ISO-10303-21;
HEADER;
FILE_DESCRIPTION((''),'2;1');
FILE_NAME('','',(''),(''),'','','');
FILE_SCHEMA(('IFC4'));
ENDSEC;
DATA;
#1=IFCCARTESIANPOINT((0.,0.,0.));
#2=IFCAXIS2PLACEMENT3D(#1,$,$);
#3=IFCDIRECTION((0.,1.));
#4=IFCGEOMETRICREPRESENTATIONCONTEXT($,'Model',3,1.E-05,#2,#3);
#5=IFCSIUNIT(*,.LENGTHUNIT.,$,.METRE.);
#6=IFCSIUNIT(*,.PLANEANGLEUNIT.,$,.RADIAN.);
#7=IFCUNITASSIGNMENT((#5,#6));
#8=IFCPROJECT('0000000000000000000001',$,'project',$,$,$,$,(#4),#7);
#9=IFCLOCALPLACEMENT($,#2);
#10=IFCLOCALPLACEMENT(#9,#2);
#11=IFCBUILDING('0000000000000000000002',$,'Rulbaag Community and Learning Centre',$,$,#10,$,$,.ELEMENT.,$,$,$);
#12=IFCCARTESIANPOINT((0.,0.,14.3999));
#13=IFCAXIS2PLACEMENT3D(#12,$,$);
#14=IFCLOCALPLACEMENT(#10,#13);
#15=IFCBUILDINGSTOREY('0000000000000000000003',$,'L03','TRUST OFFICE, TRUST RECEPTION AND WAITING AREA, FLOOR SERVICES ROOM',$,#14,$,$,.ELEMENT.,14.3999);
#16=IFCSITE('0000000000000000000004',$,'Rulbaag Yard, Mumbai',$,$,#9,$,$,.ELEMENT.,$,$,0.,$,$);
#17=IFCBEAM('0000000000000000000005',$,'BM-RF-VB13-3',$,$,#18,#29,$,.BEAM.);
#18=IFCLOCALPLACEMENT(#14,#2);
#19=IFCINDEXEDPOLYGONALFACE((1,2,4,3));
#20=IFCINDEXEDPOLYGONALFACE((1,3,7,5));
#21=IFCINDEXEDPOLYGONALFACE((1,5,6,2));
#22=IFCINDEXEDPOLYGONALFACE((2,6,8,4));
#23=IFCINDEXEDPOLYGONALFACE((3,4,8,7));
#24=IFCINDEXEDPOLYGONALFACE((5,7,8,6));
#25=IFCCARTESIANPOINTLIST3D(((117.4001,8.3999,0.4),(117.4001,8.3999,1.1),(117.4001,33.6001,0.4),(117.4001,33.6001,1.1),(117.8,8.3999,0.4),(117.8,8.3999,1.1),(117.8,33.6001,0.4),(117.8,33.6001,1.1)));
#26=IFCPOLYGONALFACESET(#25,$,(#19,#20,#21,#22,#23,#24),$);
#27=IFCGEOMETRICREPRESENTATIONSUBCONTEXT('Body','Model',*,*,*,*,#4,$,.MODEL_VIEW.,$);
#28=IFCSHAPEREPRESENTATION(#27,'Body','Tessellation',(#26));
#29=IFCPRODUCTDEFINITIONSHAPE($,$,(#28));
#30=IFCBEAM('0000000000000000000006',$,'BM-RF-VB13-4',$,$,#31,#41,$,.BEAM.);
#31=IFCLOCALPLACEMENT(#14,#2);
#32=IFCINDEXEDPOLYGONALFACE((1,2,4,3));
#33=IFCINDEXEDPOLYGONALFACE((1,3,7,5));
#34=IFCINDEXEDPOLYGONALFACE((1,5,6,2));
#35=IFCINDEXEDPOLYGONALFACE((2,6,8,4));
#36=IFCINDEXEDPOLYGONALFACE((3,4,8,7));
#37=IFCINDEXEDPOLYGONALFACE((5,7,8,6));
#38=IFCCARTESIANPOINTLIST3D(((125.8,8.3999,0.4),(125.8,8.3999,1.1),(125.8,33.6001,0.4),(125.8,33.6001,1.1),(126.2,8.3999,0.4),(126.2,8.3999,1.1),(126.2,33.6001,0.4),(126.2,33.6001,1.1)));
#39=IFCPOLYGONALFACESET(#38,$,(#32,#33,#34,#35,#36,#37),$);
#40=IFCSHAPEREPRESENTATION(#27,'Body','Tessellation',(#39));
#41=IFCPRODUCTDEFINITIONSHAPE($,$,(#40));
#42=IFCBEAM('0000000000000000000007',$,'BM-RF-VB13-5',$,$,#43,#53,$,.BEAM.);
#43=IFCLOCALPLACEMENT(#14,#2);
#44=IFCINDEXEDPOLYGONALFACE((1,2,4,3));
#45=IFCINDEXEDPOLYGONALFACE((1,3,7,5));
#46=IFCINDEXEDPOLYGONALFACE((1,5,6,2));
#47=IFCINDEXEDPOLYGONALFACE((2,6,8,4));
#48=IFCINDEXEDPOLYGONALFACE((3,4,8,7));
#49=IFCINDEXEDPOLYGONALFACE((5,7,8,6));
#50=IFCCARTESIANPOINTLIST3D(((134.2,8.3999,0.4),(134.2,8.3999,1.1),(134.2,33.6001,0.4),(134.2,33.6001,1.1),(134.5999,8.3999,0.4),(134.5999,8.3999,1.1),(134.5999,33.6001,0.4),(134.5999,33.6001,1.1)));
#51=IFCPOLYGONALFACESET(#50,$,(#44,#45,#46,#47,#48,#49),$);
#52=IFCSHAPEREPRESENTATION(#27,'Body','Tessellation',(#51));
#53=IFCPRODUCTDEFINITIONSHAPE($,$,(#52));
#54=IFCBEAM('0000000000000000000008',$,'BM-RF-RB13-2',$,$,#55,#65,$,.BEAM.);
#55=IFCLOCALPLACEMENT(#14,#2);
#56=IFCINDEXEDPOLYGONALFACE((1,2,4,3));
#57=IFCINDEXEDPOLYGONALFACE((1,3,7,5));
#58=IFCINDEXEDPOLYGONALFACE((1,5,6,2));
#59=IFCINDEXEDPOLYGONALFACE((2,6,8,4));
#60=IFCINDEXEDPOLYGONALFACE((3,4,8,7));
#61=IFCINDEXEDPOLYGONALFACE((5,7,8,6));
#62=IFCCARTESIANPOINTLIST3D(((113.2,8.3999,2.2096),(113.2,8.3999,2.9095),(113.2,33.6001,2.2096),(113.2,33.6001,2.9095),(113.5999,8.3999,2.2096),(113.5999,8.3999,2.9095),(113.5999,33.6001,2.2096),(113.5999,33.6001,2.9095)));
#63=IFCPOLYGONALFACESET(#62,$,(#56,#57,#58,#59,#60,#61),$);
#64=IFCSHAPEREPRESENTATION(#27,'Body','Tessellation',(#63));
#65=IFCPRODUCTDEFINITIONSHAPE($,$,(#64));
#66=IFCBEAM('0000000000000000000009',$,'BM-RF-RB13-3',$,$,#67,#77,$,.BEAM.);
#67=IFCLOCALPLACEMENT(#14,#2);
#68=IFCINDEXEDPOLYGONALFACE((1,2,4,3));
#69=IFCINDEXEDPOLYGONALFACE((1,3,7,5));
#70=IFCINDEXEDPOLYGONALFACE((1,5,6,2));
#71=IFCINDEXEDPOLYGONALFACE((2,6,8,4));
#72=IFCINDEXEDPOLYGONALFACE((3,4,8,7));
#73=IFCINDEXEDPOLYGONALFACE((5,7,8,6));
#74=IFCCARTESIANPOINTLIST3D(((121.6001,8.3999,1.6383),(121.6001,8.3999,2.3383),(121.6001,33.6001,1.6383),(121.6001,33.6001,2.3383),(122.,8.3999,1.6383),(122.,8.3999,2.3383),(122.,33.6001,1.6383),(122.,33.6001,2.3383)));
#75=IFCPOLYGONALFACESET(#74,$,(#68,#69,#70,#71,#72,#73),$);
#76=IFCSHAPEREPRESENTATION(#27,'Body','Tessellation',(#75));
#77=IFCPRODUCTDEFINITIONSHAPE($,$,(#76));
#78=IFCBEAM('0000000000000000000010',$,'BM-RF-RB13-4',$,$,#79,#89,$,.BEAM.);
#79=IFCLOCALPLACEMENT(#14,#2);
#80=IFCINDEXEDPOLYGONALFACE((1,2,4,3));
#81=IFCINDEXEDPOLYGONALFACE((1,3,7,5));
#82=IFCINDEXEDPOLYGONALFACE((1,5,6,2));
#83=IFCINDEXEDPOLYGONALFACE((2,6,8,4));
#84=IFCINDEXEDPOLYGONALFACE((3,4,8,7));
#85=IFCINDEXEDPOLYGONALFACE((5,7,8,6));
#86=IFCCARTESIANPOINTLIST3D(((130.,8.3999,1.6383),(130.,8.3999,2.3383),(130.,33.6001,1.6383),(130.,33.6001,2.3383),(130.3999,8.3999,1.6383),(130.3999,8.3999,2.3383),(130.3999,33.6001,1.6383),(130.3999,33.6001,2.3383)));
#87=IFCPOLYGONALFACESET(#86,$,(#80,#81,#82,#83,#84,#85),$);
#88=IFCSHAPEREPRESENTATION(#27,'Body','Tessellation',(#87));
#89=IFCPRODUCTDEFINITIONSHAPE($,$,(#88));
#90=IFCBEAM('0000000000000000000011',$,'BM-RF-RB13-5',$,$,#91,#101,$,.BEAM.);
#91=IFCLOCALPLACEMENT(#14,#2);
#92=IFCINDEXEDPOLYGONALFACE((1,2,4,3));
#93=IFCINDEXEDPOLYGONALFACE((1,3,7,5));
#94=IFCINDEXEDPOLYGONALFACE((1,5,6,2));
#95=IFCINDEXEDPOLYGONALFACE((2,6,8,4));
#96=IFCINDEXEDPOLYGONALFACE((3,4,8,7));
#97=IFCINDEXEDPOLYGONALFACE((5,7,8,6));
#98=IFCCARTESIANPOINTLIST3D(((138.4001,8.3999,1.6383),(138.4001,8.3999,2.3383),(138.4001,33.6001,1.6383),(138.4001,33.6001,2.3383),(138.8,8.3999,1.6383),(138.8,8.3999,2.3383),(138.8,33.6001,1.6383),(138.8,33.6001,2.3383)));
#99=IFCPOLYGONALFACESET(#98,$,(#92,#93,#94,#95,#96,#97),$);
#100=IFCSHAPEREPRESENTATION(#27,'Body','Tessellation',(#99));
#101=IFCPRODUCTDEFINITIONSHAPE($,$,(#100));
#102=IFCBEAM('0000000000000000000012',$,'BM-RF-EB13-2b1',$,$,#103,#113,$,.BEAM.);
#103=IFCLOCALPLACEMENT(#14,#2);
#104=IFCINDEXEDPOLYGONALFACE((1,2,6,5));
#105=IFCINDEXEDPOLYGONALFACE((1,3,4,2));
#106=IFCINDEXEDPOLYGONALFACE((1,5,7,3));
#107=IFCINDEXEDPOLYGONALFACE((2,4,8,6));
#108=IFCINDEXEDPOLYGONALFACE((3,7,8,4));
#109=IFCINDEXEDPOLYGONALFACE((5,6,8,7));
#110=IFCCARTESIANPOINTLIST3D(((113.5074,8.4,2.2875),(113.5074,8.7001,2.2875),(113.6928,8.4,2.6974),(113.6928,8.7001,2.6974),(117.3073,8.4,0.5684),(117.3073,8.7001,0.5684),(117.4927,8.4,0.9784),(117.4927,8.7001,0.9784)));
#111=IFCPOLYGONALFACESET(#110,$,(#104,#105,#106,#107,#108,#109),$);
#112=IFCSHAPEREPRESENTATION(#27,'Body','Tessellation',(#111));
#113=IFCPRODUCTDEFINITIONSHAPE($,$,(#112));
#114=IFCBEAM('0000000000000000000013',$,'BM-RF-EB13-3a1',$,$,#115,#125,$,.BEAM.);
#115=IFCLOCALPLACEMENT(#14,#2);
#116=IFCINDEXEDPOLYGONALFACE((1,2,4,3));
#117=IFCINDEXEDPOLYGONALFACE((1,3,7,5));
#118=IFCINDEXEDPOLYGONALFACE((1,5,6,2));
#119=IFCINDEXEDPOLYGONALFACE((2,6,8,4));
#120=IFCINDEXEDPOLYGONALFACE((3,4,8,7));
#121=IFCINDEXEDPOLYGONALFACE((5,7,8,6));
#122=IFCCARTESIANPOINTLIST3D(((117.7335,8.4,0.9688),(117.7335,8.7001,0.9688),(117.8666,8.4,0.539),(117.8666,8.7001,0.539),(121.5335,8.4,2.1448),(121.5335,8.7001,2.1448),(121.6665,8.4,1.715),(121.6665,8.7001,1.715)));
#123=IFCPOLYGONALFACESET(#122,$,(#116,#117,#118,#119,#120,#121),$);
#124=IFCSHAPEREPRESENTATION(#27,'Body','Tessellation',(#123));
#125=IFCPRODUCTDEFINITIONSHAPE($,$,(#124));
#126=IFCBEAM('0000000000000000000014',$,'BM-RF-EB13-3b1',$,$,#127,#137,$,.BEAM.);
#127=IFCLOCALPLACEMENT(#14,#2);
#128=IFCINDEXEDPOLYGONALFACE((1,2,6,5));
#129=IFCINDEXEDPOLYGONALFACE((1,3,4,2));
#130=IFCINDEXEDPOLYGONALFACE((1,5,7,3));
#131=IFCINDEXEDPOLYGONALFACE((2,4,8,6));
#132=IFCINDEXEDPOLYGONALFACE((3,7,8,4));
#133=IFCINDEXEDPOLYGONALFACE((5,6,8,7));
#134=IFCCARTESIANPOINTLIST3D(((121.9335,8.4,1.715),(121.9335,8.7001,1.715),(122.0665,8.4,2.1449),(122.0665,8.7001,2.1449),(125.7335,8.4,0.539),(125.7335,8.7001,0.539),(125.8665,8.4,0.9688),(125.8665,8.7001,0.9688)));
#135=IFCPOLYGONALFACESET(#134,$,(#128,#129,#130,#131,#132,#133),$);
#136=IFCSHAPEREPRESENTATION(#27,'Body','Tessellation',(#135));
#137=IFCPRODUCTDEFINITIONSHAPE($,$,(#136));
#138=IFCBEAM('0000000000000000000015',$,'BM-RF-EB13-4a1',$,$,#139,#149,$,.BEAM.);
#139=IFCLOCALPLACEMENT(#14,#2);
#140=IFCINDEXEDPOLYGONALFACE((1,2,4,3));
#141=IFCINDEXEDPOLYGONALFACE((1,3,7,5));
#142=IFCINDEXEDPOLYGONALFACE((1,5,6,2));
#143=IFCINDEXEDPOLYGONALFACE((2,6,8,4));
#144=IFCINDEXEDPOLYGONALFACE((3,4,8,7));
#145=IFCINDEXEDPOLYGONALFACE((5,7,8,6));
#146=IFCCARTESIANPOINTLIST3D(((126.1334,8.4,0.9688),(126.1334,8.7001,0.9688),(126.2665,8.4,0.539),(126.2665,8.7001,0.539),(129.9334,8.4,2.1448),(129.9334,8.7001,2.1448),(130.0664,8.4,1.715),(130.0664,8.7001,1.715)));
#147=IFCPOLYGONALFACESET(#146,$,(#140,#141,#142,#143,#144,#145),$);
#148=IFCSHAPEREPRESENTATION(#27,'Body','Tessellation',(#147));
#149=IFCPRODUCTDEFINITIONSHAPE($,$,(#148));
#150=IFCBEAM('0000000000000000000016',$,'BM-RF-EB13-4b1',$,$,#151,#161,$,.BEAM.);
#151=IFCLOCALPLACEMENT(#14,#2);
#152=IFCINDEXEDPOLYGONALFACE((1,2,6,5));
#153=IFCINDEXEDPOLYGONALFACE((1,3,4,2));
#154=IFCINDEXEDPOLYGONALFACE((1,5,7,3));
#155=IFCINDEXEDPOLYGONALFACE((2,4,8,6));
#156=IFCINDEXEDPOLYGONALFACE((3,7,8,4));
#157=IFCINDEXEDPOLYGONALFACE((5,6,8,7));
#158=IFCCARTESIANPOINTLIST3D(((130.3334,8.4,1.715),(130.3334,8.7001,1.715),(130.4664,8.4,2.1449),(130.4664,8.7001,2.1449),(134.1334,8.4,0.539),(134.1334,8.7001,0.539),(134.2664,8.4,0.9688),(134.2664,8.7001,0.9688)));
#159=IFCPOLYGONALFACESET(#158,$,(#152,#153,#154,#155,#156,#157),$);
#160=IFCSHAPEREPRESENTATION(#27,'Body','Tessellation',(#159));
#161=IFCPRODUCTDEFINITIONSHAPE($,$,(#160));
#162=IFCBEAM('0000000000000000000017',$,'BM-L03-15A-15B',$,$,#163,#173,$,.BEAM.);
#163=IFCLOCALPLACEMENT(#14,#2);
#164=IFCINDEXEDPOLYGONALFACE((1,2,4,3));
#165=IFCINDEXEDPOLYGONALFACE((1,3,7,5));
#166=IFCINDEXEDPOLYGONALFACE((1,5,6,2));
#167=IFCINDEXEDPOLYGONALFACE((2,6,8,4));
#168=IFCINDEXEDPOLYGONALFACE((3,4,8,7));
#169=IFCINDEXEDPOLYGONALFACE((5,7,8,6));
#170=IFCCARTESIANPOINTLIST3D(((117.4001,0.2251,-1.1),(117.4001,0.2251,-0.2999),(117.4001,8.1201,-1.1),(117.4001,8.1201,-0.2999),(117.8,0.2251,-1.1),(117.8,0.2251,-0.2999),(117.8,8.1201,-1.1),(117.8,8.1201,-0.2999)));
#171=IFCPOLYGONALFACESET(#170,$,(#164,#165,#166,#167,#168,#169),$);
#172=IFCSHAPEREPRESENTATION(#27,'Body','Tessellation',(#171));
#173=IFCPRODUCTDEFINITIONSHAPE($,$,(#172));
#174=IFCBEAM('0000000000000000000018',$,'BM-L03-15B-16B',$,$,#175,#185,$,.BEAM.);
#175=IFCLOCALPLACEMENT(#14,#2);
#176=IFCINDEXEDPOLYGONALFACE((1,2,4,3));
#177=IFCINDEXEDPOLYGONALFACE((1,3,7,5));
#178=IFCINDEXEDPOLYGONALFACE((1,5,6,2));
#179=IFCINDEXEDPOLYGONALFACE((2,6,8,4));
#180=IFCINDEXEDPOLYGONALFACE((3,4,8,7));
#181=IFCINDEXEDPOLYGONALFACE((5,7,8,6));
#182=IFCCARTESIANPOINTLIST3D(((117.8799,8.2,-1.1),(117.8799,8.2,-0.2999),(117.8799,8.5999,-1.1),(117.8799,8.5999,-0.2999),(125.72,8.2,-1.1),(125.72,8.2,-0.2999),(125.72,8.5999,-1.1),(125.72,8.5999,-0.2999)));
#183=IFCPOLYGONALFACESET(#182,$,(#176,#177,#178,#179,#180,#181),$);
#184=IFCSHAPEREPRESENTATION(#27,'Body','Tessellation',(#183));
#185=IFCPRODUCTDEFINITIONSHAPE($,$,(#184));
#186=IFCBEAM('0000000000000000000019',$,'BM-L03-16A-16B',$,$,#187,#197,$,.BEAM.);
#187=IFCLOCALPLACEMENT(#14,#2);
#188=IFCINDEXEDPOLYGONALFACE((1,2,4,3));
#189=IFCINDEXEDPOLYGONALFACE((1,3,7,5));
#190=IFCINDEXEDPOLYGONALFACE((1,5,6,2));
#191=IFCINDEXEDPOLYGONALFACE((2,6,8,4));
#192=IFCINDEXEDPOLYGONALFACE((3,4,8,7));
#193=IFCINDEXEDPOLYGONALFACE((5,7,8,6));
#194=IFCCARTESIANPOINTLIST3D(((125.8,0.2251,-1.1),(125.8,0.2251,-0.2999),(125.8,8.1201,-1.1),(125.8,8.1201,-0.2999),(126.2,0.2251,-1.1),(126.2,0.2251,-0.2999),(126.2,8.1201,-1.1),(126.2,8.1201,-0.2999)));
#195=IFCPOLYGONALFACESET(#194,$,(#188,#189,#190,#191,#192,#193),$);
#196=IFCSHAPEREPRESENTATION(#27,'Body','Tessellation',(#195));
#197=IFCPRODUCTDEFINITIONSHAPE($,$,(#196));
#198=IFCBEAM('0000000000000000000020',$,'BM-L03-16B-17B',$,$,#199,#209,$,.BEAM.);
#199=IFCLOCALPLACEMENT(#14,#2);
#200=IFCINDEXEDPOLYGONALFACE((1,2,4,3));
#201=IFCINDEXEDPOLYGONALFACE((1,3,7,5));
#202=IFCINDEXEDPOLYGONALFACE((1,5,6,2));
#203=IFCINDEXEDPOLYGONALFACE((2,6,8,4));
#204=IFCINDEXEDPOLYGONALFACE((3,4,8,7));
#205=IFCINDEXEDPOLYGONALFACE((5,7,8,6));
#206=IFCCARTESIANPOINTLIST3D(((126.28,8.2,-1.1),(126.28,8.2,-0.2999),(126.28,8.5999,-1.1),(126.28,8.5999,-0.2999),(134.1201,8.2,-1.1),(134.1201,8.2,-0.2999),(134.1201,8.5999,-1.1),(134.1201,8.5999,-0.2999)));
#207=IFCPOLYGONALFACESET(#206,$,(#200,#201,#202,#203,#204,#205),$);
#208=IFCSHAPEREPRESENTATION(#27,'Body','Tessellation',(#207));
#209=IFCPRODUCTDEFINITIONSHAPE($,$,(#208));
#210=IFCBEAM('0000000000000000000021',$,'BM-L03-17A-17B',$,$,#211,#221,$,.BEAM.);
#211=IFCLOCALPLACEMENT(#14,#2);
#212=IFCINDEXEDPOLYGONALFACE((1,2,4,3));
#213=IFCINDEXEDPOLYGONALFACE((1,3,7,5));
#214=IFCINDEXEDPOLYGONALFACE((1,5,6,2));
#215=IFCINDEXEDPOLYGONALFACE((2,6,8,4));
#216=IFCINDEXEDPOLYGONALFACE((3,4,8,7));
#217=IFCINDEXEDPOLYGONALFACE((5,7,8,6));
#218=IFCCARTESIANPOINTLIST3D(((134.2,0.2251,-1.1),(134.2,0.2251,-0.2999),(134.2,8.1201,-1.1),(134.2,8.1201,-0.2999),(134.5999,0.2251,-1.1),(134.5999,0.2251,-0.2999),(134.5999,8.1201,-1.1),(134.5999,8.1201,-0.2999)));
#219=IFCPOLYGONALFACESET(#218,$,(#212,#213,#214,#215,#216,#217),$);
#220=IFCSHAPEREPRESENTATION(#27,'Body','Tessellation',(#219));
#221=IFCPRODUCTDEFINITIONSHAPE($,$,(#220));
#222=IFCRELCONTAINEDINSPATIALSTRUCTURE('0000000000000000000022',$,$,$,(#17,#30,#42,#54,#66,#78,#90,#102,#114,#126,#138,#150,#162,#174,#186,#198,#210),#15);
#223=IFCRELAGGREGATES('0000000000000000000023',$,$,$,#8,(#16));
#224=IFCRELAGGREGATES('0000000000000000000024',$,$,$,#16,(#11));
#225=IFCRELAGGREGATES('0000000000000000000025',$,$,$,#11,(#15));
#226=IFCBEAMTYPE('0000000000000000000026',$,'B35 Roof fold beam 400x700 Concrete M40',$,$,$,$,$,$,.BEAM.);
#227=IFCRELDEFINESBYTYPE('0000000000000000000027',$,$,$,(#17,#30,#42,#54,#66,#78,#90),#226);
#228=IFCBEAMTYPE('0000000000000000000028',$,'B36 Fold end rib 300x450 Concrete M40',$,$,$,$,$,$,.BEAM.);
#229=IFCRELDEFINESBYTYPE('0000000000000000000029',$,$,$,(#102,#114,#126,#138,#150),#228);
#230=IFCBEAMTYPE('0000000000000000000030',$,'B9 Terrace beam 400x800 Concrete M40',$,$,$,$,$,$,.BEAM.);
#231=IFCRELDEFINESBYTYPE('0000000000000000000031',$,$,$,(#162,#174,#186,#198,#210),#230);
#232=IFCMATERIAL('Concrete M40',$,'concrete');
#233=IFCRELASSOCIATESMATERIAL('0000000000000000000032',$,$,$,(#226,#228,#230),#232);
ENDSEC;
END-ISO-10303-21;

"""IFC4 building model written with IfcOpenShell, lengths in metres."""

from ifc_helpers import new_model, si_unit, direction, frame, origin, origin_2d, place, context, subcontext, project, spatial, rectangle, extrude, material, material_profile, profile_set, type_object, element, save


model = new_model("IFC4")

# Units and contexts
model_context = context("Model", 3, precision=1e-05, world=origin(), true_north=direction((0.0, 1.0)))
body_context = subcontext(model_context, "Body", "Model", "MODEL_VIEW")
ifc_project = project(units=[si_unit("LENGTHUNIT", "METRE"), si_unit("PLANEANGLEUNIT", "RADIAN")], contexts=[model_context])

# Site, building, storey
site_placement = place(None, origin())
site = spatial("IfcSite", under=ifc_project, at=site_placement, Name="Rulbaag Yard, Mumbai", CompositionType="ELEMENT", RefElevation=0.0)
building_placement = place(site_placement, origin())
building = spatial("IfcBuilding", under=site, at=building_placement, Name="Rulbaag Community and Learning Centre", CompositionType="ELEMENT")
storey_placement = place(building_placement, frame((0.0, 0.0, 14.3999)))
storey = spatial("IfcBuildingStorey", under=building, at=storey_placement, Name="L03", Description="TRUST OFFICE, TRUST RECEPTION AND WAITING AREA, FLOOR SERVICES ROOM", CompositionType="ELEMENT", Elevation=14.3999)

# Beams
ifc_material = material(Name="Concrete M40", Category="concrete")
ifc_material_profile_1 = material_profile(ifc_material, rectangle(XDim=0.3999, YDim=0.7, at=origin_2d()), Name="RB400x700")
ifc_profile_set_1 = profile_set([ifc_material_profile_1], Name="Concrete M40")
beam_type_1 = type_object("IfcBeamType", Name="B35 Roof fold beam 400x700 Concrete M40", PredefinedType="BEAM", material=ifc_profile_set_1)
for number, where, z_axis, x_axis, name in (
    (1, (117.6001, 8.3999, 0.75), (0.0, 1.0, 0.0), (-1.0, 0.0, 0.0), "BM-RF-VB13-3"),
    (2, (126.0, 8.3999, 0.75), (0.0, 1.0, 0.0), (-1.0, 0.0, 0.0), "BM-RF-VB13-4"),
    (3, (134.3999, 8.3999, 0.75), (0.0, 1.0, 0.0), (-1.0, 0.0, 0.0), "BM-RF-VB13-5"),
    (4, (113.3999, 8.3999, 2.5596), (0.0, 1.0, 0.0), (-1.0, 0.0, 0.0), "BM-RF-RB13-2"),
    (5, (121.8, 8.3999, 1.9883), (0.0, 1.0, 0.0), (-1.0, 0.0, 0.0), "BM-RF-RB13-3"),
    (6, (130.2, 8.3999, 1.9883), (0.0, 1.0, 0.0), (-1.0, 0.0, 0.0), "BM-RF-RB13-4"),
    (7, (138.6001, 8.3999, 1.9883), (0.0, 1.0, 0.0), (-1.0, 0.0, 0.0), "BM-RF-RB13-5"),
):
    element("IfcBeam", number, at=place(storey_placement, frame(where, z_axis=z_axis, x_axis=x_axis)), inside=storey, type_object=beam_type_1, Name=name, PredefinedType="BEAM", context=body_context, shape_type="SweptSolid", body=[
        extrude(rectangle(XDim=0.3999, YDim=0.7, at=origin_2d()), origin(), (0.0, 0.0, 1.0), 25.2002),
    ])
ifc_material_profile_2 = material_profile(ifc_material, rectangle(XDim=0.3, YDim=0.45, at=origin_2d()), Name="RB300x450")
ifc_profile_set_2 = profile_set([ifc_material_profile_2], Name="Concrete M40")
beam_type_2 = type_object("IfcBeamType", Name="B36 Fold end rib 300x450 Concrete M40", PredefinedType="BEAM", material=ifc_profile_set_2)
beam_1_placement = place(storey_placement, frame((113.6001, 8.55, 2.4924), z_axis=(0.911105, 0.0, -0.412175), x_axis=(0.0, 1.0, 0.0)))
element("IfcBeam", 8, at=beam_1_placement, inside=storey, type_object=beam_type_2, Name="BM-RF-EB13-2b1", PredefinedType="BEAM", context=body_context, shape_type="SweptSolid", body=[
    extrude(rectangle(XDim=0.3, YDim=0.45, at=origin_2d()), origin(), (0.0, 0.0, 1.0), 4.1707),
])
for number, where, z_axis, x_axis, name in (
    (9, (117.8, 8.55, 0.7539), (0.955299, 0.0, 0.295642), (0.0, 1.0, 0.0), "BM-RF-EB13-3a1"),
    (10, (122.0, 8.55, 1.9299), (0.955299, 0.0, -0.295642), (0.0, 1.0, 0.0), "BM-RF-EB13-3b1"),
    (11, (126.2, 8.55, 0.7539), (0.955299, 0.0, 0.295642), (0.0, 1.0, 0.0), "BM-RF-EB13-4a1"),
    (12, (130.3999, 8.55, 1.9299), (0.955299, 0.0, -0.295642), (0.0, 1.0, 0.0), "BM-RF-EB13-4b1"),
):
    element("IfcBeam", number, at=place(storey_placement, frame(where, z_axis=z_axis, x_axis=x_axis)), inside=storey, type_object=beam_type_2, Name=name, PredefinedType="BEAM", context=body_context, shape_type="SweptSolid", body=[
        extrude(rectangle(XDim=0.3, YDim=0.45, at=origin_2d()), origin(), (0.0, 0.0, 1.0), 3.9778),
    ])
ifc_material_profile_3 = material_profile(ifc_material, rectangle(XDim=0.3999, YDim=0.8, at=origin_2d()), Name="RB400x800")
ifc_profile_set_3 = profile_set([ifc_material_profile_3], Name="Concrete M40")
beam_type_3 = type_object("IfcBeamType", Name="B9 Terrace beam 400x800 Concrete M40", PredefinedType="BEAM", material=ifc_profile_set_3)
beam_2_placement = place(storey_placement, frame((117.6001, 0.2251, -0.7), z_axis=(0.0, 1.0, 0.0), x_axis=(-1.0, 0.0, 0.0)))
element("IfcBeam", 13, at=beam_2_placement, inside=storey, type_object=beam_type_3, Name="BM-L03-15A-15B", PredefinedType="BEAM", context=body_context, shape_type="SweptSolid", body=[
    extrude(rectangle(XDim=0.3999, YDim=0.8, at=origin_2d()), origin(), (0.0, 0.0, 1.0), 7.895),
])
beam_3_placement = place(storey_placement, frame((117.8799, 8.3999, -0.7), z_axis=(1.0, 0.0, 0.0), x_axis=(0.0, 1.0, 0.0)))
element("IfcBeam", 14, at=beam_3_placement, inside=storey, type_object=beam_type_3, Name="BM-L03-15B-16B", PredefinedType="BEAM", context=body_context, shape_type="SweptSolid", body=[
    extrude(rectangle(XDim=0.3999, YDim=0.8, at=origin_2d()), origin(), (0.0, 0.0, 1.0), 7.8401),
])
beam_4_placement = place(storey_placement, frame((126.0, 0.2251, -0.7), z_axis=(0.0, 1.0, 0.0), x_axis=(-1.0, 0.0, 0.0)))
element("IfcBeam", 15, at=beam_4_placement, inside=storey, type_object=beam_type_3, Name="BM-L03-16A-16B", PredefinedType="BEAM", context=body_context, shape_type="SweptSolid", body=[
    extrude(rectangle(XDim=0.3999, YDim=0.8, at=origin_2d()), origin(), (0.0, 0.0, 1.0), 7.895),
])
beam_5_placement = place(storey_placement, frame((126.28, 8.3999, -0.7), z_axis=(1.0, 0.0, 0.0), x_axis=(0.0, 1.0, 0.0)))
element("IfcBeam", 16, at=beam_5_placement, inside=storey, type_object=beam_type_3, Name="BM-L03-16B-17B", PredefinedType="BEAM", context=body_context, shape_type="SweptSolid", body=[
    extrude(rectangle(XDim=0.3999, YDim=0.8, at=origin_2d()), origin(), (0.0, 0.0, 1.0), 7.8401),
])
beam_6_placement = place(storey_placement, frame((134.3999, 0.2251, -0.7), z_axis=(0.0, 1.0, 0.0), x_axis=(-1.0, 0.0, 0.0)))
element("IfcBeam", 17, at=beam_6_placement, inside=storey, type_object=beam_type_3, Name="BM-L03-17A-17B", PredefinedType="BEAM", context=body_context, shape_type="SweptSolid", body=[
    extrude(rectangle(XDim=0.3999, YDim=0.8, at=origin_2d()), origin(), (0.0, 0.0, 1.0), 7.895),
])

save(model, "model.ifc")
